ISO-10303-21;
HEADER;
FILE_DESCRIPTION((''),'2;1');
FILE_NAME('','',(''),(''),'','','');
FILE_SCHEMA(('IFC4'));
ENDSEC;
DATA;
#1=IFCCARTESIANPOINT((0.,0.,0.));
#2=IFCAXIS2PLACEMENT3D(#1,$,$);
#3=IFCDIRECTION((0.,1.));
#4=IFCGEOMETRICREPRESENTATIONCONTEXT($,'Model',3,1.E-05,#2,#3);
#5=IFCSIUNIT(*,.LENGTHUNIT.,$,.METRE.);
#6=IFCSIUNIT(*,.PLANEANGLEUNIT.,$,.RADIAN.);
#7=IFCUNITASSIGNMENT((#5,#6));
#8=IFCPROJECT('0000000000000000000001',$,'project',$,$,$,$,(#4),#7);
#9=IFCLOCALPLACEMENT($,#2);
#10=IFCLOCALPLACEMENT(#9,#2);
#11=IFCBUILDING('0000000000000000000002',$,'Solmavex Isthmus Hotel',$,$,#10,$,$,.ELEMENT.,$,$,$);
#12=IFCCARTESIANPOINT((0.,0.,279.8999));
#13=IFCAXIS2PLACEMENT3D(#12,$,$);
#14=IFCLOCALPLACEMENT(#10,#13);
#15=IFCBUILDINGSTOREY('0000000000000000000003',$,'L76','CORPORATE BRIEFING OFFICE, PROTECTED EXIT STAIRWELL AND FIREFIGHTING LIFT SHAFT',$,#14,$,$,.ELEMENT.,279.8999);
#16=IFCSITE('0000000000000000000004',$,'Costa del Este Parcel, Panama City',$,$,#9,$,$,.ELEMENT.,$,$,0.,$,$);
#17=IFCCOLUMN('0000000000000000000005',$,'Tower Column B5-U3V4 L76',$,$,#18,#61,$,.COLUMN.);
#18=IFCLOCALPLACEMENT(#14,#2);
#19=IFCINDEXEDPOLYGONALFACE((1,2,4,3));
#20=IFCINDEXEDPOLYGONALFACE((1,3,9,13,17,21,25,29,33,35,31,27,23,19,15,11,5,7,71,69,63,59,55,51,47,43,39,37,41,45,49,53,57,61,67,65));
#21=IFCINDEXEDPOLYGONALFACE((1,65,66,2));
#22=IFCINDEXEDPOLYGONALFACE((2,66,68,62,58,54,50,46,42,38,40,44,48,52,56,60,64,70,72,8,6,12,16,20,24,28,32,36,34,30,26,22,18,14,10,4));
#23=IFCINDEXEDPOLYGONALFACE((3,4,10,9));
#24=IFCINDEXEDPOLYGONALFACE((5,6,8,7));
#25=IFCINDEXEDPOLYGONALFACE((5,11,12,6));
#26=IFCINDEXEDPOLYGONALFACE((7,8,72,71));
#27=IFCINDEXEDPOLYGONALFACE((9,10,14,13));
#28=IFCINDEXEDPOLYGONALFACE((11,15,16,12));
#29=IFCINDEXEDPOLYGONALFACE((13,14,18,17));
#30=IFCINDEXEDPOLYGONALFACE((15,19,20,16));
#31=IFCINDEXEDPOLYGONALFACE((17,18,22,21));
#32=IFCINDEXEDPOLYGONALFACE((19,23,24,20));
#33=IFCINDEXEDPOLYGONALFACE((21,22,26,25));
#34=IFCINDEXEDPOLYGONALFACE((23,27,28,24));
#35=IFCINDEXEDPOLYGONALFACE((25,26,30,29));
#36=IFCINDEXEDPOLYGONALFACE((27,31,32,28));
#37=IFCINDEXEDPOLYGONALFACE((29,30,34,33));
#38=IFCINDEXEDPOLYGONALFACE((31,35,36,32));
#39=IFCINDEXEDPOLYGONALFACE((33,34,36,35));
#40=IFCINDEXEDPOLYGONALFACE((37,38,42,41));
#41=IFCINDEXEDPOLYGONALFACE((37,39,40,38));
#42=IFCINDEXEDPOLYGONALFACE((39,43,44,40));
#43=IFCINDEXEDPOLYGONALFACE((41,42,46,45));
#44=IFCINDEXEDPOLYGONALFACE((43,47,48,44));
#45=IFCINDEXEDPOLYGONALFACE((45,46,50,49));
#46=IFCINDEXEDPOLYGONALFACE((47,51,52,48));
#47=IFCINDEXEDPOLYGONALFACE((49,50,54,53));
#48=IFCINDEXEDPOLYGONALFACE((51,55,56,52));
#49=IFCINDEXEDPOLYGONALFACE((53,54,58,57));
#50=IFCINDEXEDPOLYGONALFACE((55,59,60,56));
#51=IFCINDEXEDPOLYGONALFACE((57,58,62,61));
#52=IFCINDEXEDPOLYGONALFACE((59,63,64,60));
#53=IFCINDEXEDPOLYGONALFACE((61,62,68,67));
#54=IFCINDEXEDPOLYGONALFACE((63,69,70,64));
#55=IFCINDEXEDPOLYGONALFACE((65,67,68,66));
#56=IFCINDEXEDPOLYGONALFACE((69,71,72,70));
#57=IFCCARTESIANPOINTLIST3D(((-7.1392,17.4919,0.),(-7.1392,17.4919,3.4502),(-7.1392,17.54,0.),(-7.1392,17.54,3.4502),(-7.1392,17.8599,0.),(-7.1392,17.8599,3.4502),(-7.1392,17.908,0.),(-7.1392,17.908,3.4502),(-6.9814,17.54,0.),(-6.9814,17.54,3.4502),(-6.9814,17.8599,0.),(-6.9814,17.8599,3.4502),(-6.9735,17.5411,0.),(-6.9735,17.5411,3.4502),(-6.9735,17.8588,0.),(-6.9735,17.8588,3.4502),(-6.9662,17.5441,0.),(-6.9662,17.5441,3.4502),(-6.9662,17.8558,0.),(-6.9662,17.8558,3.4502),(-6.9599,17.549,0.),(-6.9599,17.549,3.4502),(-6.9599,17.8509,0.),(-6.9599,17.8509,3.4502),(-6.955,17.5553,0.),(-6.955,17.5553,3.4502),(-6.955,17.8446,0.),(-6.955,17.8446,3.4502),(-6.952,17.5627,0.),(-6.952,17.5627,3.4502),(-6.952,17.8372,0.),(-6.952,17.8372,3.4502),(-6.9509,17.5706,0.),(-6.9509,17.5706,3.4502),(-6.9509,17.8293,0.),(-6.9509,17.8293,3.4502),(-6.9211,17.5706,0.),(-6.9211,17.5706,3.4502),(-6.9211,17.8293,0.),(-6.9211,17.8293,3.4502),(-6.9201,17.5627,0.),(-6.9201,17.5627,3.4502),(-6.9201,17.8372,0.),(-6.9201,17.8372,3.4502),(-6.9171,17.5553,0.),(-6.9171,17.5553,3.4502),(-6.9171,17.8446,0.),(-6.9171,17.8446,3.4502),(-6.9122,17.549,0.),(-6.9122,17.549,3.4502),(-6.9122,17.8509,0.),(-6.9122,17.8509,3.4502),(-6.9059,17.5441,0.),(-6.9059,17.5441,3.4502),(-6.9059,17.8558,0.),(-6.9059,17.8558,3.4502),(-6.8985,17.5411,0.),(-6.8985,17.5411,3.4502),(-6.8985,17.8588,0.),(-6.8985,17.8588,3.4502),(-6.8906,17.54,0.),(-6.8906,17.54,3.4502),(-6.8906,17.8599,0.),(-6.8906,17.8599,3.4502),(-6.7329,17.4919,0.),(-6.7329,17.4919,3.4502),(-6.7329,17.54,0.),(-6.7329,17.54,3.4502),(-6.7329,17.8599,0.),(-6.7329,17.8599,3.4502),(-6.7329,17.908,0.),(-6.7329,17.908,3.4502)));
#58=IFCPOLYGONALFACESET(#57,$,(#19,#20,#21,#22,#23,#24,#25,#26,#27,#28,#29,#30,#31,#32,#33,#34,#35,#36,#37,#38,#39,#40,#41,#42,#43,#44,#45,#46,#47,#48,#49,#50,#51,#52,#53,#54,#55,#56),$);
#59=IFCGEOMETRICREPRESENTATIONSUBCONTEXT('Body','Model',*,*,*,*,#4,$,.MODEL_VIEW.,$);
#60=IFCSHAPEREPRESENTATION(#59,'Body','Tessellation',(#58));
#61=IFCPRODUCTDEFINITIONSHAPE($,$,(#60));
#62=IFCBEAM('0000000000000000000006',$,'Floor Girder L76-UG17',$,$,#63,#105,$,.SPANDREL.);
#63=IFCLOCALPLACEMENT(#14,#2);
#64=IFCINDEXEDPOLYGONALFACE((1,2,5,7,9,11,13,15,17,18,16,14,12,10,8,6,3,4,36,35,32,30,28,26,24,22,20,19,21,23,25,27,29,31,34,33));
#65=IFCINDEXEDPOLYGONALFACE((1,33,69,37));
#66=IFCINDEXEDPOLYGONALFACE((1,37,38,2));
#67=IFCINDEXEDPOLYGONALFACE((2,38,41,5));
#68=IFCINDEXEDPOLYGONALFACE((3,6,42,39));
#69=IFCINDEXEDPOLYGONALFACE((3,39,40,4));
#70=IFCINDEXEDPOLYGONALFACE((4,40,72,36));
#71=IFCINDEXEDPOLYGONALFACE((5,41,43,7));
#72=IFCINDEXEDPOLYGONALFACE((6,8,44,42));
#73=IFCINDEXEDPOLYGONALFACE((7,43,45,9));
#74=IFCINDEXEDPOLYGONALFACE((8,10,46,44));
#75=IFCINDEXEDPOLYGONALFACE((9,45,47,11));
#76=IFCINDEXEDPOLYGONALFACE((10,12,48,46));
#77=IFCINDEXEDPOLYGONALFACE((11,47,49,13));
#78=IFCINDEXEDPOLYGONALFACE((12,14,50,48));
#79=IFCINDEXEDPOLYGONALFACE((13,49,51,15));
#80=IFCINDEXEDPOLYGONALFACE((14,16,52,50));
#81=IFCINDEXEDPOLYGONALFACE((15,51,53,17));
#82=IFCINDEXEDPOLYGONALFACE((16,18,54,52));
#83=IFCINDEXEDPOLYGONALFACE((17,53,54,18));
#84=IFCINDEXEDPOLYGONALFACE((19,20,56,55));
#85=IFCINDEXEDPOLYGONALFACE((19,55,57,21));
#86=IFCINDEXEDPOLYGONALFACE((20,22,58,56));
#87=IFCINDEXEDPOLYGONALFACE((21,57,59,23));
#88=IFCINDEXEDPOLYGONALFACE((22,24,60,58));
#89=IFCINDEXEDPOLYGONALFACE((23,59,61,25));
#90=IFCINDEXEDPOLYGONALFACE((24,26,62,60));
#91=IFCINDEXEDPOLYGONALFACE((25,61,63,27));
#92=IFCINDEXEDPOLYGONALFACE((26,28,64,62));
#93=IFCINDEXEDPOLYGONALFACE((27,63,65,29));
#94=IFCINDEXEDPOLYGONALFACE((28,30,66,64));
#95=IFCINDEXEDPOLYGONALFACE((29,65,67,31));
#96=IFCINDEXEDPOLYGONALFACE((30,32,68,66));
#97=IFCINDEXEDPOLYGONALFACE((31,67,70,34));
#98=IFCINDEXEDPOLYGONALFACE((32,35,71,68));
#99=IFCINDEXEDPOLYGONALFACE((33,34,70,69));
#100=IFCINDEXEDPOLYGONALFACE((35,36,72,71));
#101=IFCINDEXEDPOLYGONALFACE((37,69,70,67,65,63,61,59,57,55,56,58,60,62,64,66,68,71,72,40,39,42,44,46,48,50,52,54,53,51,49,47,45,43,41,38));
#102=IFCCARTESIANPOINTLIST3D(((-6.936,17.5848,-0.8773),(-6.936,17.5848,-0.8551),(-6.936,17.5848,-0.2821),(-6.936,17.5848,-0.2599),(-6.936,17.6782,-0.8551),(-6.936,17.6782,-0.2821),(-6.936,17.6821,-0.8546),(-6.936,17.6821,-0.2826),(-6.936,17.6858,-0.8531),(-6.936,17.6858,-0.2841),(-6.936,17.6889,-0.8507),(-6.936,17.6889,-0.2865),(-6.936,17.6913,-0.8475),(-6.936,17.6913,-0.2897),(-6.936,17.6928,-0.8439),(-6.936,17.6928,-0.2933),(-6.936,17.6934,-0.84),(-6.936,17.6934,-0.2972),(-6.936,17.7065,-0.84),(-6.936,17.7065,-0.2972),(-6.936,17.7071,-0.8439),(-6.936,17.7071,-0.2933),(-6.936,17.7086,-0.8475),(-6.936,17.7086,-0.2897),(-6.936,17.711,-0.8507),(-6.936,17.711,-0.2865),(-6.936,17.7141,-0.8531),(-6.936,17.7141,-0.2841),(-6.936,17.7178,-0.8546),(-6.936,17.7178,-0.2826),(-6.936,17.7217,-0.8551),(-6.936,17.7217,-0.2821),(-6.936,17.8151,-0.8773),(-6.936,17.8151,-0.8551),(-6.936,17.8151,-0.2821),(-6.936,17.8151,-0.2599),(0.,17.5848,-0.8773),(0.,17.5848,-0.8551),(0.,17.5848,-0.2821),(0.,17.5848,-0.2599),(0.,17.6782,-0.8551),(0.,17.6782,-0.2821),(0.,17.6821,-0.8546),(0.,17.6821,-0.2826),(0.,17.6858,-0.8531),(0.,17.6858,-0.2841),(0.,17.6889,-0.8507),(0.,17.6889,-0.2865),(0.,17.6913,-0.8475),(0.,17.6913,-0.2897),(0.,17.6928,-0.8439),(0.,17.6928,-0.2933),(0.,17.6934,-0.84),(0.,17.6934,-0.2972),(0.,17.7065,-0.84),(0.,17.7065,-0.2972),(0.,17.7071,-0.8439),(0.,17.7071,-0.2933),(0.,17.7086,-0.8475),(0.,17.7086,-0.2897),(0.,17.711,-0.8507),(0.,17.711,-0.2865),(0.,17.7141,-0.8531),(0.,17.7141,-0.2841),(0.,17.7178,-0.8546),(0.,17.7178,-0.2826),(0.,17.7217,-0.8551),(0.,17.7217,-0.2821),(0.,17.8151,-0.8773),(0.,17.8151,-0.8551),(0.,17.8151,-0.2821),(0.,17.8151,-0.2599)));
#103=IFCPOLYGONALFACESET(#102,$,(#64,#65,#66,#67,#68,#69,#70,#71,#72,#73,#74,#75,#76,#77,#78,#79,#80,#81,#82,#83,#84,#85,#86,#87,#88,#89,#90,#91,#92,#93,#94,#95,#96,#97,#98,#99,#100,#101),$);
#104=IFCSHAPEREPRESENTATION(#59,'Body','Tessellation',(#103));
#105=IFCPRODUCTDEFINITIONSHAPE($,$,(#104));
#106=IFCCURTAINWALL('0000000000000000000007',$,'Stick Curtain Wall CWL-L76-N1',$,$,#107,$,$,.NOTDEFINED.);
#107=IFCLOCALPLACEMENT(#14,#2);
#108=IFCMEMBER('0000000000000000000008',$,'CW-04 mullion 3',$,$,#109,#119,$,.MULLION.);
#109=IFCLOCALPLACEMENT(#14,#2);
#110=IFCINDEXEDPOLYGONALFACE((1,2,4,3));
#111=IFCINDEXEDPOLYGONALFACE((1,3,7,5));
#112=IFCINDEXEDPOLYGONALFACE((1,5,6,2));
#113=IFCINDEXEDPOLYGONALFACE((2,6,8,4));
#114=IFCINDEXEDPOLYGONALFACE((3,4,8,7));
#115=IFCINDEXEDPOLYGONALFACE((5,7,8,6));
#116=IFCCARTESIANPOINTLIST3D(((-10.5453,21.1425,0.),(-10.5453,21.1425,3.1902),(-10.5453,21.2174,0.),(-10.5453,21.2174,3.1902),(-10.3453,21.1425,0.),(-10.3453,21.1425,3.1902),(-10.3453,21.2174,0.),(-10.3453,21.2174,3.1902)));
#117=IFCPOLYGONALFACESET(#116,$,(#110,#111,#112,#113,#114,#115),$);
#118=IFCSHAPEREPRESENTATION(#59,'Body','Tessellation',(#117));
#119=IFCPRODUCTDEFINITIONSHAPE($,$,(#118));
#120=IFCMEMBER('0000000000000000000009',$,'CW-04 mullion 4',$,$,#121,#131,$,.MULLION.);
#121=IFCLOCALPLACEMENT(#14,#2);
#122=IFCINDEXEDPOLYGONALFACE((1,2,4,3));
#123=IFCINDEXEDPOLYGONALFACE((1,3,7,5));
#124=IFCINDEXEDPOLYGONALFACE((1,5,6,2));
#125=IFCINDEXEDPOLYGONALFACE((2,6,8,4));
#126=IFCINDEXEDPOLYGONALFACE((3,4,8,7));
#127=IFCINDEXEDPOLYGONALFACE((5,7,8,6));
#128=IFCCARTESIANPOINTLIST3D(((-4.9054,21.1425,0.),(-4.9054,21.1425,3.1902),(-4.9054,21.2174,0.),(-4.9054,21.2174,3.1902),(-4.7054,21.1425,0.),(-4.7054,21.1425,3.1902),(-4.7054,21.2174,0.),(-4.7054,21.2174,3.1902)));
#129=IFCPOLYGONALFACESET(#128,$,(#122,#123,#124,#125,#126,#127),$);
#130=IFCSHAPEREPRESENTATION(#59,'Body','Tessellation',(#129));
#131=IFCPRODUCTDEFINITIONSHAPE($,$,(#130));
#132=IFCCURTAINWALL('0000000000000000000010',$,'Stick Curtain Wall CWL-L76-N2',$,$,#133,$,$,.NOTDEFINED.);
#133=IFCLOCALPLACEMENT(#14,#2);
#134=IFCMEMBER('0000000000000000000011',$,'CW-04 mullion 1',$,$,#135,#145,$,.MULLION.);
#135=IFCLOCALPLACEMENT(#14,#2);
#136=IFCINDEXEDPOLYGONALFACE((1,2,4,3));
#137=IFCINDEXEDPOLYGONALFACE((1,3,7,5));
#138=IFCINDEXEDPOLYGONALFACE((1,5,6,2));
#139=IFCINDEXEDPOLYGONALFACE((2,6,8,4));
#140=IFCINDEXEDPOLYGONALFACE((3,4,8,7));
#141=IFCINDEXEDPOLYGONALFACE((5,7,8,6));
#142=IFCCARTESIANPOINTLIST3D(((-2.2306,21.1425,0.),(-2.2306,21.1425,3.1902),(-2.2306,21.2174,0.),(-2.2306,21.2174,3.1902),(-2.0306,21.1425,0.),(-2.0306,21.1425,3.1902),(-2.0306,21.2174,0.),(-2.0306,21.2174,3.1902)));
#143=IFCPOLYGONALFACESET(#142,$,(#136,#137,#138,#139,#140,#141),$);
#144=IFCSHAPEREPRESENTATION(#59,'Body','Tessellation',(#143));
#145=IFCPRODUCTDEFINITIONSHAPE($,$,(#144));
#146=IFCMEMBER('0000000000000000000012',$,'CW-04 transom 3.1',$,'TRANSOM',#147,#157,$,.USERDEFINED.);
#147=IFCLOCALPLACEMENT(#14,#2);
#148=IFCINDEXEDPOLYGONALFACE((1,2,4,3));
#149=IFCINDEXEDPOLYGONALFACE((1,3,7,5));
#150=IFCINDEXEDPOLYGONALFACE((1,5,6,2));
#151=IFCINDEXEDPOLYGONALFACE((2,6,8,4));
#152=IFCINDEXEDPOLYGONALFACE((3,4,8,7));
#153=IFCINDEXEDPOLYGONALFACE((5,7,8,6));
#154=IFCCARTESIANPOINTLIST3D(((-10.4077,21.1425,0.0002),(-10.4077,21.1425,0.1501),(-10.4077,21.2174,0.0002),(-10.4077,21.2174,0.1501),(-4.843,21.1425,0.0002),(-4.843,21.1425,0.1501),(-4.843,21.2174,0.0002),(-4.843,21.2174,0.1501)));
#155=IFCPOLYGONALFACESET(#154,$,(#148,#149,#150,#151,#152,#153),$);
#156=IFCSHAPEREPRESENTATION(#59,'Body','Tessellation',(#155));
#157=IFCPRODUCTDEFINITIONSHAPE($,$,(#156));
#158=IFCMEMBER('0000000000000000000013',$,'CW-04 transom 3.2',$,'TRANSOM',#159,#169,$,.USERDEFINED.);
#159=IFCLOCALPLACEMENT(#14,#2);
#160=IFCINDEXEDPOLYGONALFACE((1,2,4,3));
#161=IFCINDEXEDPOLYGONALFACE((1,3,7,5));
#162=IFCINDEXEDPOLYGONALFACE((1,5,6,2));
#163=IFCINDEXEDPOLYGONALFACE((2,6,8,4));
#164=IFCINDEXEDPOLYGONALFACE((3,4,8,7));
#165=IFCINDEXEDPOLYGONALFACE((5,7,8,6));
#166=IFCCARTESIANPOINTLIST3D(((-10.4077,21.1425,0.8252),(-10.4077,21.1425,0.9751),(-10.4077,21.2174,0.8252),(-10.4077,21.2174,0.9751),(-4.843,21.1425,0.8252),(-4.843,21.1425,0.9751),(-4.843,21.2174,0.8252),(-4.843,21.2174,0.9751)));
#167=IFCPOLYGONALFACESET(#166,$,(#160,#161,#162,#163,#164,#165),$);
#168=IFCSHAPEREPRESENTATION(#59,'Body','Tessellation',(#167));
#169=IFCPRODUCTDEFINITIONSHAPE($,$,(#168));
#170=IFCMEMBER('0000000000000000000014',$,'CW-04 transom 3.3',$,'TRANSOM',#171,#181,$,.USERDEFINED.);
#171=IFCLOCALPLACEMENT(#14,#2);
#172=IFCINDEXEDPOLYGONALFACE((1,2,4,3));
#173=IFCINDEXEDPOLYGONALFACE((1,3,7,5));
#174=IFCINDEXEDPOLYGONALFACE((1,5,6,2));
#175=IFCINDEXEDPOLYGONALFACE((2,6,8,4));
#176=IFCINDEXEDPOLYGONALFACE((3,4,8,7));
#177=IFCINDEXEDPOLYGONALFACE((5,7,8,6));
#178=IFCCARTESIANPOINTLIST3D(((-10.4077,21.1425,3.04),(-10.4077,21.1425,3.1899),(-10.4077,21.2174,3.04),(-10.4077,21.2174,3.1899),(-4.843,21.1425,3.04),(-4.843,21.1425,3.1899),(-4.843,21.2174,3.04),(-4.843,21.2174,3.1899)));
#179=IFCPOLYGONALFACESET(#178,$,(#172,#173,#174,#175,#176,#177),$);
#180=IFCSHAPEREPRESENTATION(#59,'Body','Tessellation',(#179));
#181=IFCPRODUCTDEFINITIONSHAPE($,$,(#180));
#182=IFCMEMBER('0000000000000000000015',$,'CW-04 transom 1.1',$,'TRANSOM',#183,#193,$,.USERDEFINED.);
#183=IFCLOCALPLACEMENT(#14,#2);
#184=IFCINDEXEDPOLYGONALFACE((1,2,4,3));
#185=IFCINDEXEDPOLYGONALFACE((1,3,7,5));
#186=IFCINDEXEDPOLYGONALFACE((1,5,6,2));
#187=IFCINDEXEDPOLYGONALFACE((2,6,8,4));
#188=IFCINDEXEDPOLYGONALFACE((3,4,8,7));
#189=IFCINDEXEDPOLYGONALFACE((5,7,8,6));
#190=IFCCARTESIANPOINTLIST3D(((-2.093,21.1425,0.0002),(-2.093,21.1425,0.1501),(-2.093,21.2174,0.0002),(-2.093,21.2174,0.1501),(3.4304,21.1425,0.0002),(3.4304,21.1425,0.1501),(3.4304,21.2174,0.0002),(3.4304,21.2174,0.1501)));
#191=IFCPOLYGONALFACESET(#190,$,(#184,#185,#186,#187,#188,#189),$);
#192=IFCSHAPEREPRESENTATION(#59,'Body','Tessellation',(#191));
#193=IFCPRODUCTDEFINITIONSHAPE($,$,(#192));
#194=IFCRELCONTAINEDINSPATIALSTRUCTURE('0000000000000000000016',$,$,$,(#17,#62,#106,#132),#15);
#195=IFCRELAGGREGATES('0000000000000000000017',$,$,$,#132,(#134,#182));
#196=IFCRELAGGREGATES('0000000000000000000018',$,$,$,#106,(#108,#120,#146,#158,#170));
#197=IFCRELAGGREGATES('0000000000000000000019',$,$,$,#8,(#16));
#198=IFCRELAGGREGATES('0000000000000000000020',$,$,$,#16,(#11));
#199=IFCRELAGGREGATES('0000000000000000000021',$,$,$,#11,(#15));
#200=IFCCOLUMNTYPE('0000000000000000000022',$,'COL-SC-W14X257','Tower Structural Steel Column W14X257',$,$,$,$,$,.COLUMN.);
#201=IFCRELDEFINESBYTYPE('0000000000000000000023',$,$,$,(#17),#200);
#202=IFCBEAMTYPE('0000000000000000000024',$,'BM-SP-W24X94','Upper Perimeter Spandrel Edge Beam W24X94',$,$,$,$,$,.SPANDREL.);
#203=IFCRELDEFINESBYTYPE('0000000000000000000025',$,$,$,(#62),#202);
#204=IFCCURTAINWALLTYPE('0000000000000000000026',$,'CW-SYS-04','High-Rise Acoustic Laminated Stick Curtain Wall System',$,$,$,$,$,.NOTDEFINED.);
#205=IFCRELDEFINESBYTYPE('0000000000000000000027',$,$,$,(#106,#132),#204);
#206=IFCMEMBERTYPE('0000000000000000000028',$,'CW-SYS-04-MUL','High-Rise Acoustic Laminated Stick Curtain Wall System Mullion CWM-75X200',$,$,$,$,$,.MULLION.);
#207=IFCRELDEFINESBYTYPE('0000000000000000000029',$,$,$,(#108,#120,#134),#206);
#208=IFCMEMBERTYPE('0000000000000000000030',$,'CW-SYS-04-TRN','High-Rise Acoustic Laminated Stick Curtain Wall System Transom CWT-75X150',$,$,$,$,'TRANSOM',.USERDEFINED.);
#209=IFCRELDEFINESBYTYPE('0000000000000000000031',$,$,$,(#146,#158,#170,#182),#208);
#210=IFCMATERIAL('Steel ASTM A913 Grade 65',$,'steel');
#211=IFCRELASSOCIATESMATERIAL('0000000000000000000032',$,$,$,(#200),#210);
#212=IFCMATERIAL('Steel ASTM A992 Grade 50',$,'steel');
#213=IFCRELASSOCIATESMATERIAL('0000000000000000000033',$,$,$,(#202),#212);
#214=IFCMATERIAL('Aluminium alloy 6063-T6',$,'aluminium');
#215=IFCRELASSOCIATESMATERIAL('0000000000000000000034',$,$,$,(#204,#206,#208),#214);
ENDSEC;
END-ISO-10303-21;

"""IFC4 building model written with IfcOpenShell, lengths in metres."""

from ifc_helpers import new_model, si_unit, direction, frame, origin, origin_2d, place, context, subcontext, project, spatial, rectangle, i_section, extrude, material, material_profile, profile_set, type_object, element, aggregate, save


model = new_model("IFC4")

# Units and contexts
model_context = context("Model", 3, precision=1e-05, world=origin(), true_north=direction((0.0, 1.0)))
body_context = subcontext(model_context, "Body", "Model", "MODEL_VIEW")
ifc_project = project(units=[si_unit("LENGTHUNIT", "METRE"), si_unit("PLANEANGLEUNIT", "RADIAN")], contexts=[model_context])

# Site, building, storey
site_placement = place(None, origin())
site = spatial("IfcSite", under=ifc_project, at=site_placement, Name="Costa del Este Parcel, Panama City", CompositionType="ELEMENT", RefElevation=0.0)
building_placement = place(site_placement, origin())
building = spatial("IfcBuilding", under=site, at=building_placement, Name="Solmavex Isthmus Hotel", CompositionType="ELEMENT")
storey_placement = place(building_placement, frame((0.0, 0.0, 279.8999)))
storey = spatial("IfcBuildingStorey", under=building, at=storey_placement, Name="L76", Description="CORPORATE BRIEFING OFFICE, PROTECTED EXIT STAIRWELL AND FIREFIGHTING LIFT SHAFT", CompositionType="ELEMENT", Elevation=279.8999)

# Column
ifc_material_1 = material(Name="Steel ASTM A913 Grade 65", Category="steel")
ifc_material_profile_1 = material_profile(ifc_material_1, i_section(OverallWidth=0.4062, OverallDepth=0.416, WebThickness=0.0298, FlangeThickness=0.0481, FilletRadius=0.0305, at=origin_2d()), Name="W14X257")
ifc_profile_set_1 = profile_set([ifc_material_profile_1], Name="Steel ASTM A913 Grade 65")
column_type = type_object("IfcColumnType", Name="COL-SC-W14X257", Description="Tower Structural Steel Column W14X257", PredefinedType="COLUMN", material=ifc_profile_set_1)
column_placement = place(storey_placement, frame((-6.936, 17.7, 0.0), z_axis=(0.0, 0.0, 1.0), x_axis=(1.0, 0.0, 0.0)))
element("IfcColumn", 1, at=column_placement, inside=storey, type_object=column_type, Name="Tower Column B5-U3V4 L76", PredefinedType="COLUMN", context=body_context, shape_type="SweptSolid", body=[
    extrude(i_section(OverallWidth=0.4062, OverallDepth=0.416, WebThickness=0.0298, FlangeThickness=0.0481, FilletRadius=0.0305, at=origin_2d()), origin(), (0.0, 0.0, 1.0), 3.4502),
])

# Beam
ifc_material_2 = material(Name="Steel ASTM A992 Grade 50", Category="steel")
ifc_material_profile_2 = material_profile(ifc_material_2, i_section(OverallWidth=0.2302, OverallDepth=0.6174, WebThickness=0.0132, FlangeThickness=0.0222, FilletRadius=0.0151, at=origin_2d()), Name="W24X94")
ifc_profile_set_2 = profile_set([ifc_material_profile_2], Name="Steel ASTM A992 Grade 50")
beam_type = type_object("IfcBeamType", Name="BM-SP-W24X94", Description="Upper Perimeter Spandrel Edge Beam W24X94", PredefinedType="SPANDREL", material=ifc_profile_set_2)
beam_placement = place(storey_placement, frame((-6.936, 17.7, -0.5686), z_axis=(1.0, 0.0, 0.0), x_axis=(0.0, 1.0, 0.0)))
element("IfcBeam", 2, at=beam_placement, inside=storey, type_object=beam_type, Name="Floor Girder L76-UG17", PredefinedType="SPANDREL", context=body_context, shape_type="SweptSolid", body=[
    extrude(i_section(OverallWidth=0.2302, OverallDepth=0.6174, WebThickness=0.0132, FlangeThickness=0.0222, FilletRadius=0.0151, at=origin_2d()), origin(), (0.0, 0.0, 1.0), 6.936),
])

# Curtain wall, members
ifc_material_3 = material(Name="Aluminium alloy 6063-T6", Category="aluminium")
curtain_wall_type = type_object("IfcCurtainWallType", Name="CW-SYS-04", Description="High-Rise Acoustic Laminated Stick Curtain Wall System", PredefinedType="NOTDEFINED", material=ifc_material_3)
curtain_wall_1_placement = place(storey_placement, origin())
curtain_wall_1 = element("IfcCurtainWall", 3, at=curtain_wall_1_placement, inside=storey, type_object=curtain_wall_type, Name="Stick Curtain Wall CWL-L76-N1", PredefinedType="NOTDEFINED")
ifc_material_profile_3 = material_profile(ifc_material_3, rectangle(XDim=0.075, YDim=0.2, at=origin_2d()), Name="CWM-75X200")
ifc_profile_set_3 = profile_set([ifc_material_profile_3], Name="Aluminium alloy 6063-T6")
member_type_1 = type_object("IfcMemberType", Name="CW-SYS-04-MUL", Description="High-Rise Acoustic Laminated Stick Curtain Wall System Mullion CWM-75X200", PredefinedType="MULLION", material=ifc_profile_set_3)
member_1_placement = place(storey_placement, frame((-10.4453, 21.1799, 0.0), z_axis=(0.0, 0.0, 1.0), x_axis=(0.0, 1.0, 0.0)))
member_1 = element("IfcMember", 4, at=member_1_placement, type_object=member_type_1, Name="CW-04 mullion 3", PredefinedType="MULLION", context=body_context, shape_type="SweptSolid", body=[
    extrude(rectangle(XDim=0.075, YDim=0.2, at=origin_2d()), origin(), (0.0, 0.0, 1.0), 3.1902),
])
member_2_placement = place(storey_placement, frame((-4.8054, 21.1799, 0.0), z_axis=(0.0, 0.0, 1.0), x_axis=(0.0, 1.0, 0.0)))
member_2 = element("IfcMember", 5, at=member_2_placement, type_object=member_type_1, Name="CW-04 mullion 4", PredefinedType="MULLION", context=body_context, shape_type="SweptSolid", body=[
    extrude(rectangle(XDim=0.075, YDim=0.2, at=origin_2d()), origin(), (0.0, 0.0, 1.0), 3.1902),
])

# Curtain wall, member
curtain_wall_2_placement = place(storey_placement, origin())
curtain_wall_2 = element("IfcCurtainWall", 6, at=curtain_wall_2_placement, inside=storey, type_object=curtain_wall_type, Name="Stick Curtain Wall CWL-L76-N2", PredefinedType="NOTDEFINED")
member_3_placement = place(storey_placement, frame((-2.1306, 21.1799, 0.0), z_axis=(0.0, 0.0, 1.0), x_axis=(0.0, 1.0, 0.0)))
member_3 = element("IfcMember", 7, at=member_3_placement, type_object=member_type_1, Name="CW-04 mullion 1", PredefinedType="MULLION", context=body_context, shape_type="SweptSolid", body=[
    extrude(rectangle(XDim=0.075, YDim=0.2, at=origin_2d()), origin(), (0.0, 0.0, 1.0), 3.1902),
])

# Members
ifc_material_profile_4 = material_profile(ifc_material_3, rectangle(XDim=0.075, YDim=0.1499, at=origin_2d()), Name="CWT-75X150")
ifc_profile_set_4 = profile_set([ifc_material_profile_4], Name="Aluminium alloy 6063-T6")
member_type_2 = type_object("IfcMemberType", Name="CW-SYS-04-TRN", Description="High-Rise Acoustic Laminated Stick Curtain Wall System Transom CWT-75X150", ElementType="TRANSOM", PredefinedType="USERDEFINED", material=ifc_profile_set_4)
member_4_placement = place(storey_placement, frame((-10.4077, 21.1799, 0.0752), z_axis=(1.0, 0.0, 0.0), x_axis=(0.0, 1.0, 0.0)))
member_4 = element("IfcMember", 8, at=member_4_placement, type_object=member_type_2, Name="CW-04 transom 3.1", ObjectType="TRANSOM", PredefinedType="USERDEFINED", context=body_context, shape_type="SweptSolid", body=[
    extrude(rectangle(XDim=0.075, YDim=0.1499, at=origin_2d()), origin(), (0.0, 0.0, 1.0), 5.5647),
])
member_5_placement = place(storey_placement, frame((-10.4077, 21.1799, 0.9001), z_axis=(1.0, 0.0, 0.0), x_axis=(0.0, 1.0, 0.0)))
member_5 = element("IfcMember", 9, at=member_5_placement, type_object=member_type_2, Name="CW-04 transom 3.2", ObjectType="TRANSOM", PredefinedType="USERDEFINED", context=body_context, shape_type="SweptSolid", body=[
    extrude(rectangle(XDim=0.075, YDim=0.1499, at=origin_2d()), origin(), (0.0, 0.0, 1.0), 5.5647),
])
member_6_placement = place(storey_placement, frame((-10.4077, 21.1799, 3.115), z_axis=(1.0, 0.0, 0.0), x_axis=(0.0, 1.0, 0.0)))
member_6 = element("IfcMember", 10, at=member_6_placement, type_object=member_type_2, Name="CW-04 transom 3.3", ObjectType="TRANSOM", PredefinedType="USERDEFINED", context=body_context, shape_type="SweptSolid", body=[
    extrude(rectangle(XDim=0.075, YDim=0.1499, at=origin_2d()), origin(), (0.0, 0.0, 1.0), 5.5647),
])
member_7_placement = place(storey_placement, frame((-2.093, 21.1799, 0.0752), z_axis=(1.0, 0.0, 0.0), x_axis=(0.0, 1.0, 0.0)))
member_7 = element("IfcMember", 11, at=member_7_placement, type_object=member_type_2, Name="CW-04 transom 1.1", ObjectType="TRANSOM", PredefinedType="USERDEFINED", context=body_context, shape_type="SweptSolid", body=[
    extrude(rectangle(XDim=0.075, YDim=0.1499, at=origin_2d()), origin(), (0.0, 0.0, 1.0), 5.5234),
])
aggregate(curtain_wall_2, [member_3, member_7])

aggregate(curtain_wall_1, [member_1, member_2, member_4, member_5, member_6])

save(model, "model.ifc")
